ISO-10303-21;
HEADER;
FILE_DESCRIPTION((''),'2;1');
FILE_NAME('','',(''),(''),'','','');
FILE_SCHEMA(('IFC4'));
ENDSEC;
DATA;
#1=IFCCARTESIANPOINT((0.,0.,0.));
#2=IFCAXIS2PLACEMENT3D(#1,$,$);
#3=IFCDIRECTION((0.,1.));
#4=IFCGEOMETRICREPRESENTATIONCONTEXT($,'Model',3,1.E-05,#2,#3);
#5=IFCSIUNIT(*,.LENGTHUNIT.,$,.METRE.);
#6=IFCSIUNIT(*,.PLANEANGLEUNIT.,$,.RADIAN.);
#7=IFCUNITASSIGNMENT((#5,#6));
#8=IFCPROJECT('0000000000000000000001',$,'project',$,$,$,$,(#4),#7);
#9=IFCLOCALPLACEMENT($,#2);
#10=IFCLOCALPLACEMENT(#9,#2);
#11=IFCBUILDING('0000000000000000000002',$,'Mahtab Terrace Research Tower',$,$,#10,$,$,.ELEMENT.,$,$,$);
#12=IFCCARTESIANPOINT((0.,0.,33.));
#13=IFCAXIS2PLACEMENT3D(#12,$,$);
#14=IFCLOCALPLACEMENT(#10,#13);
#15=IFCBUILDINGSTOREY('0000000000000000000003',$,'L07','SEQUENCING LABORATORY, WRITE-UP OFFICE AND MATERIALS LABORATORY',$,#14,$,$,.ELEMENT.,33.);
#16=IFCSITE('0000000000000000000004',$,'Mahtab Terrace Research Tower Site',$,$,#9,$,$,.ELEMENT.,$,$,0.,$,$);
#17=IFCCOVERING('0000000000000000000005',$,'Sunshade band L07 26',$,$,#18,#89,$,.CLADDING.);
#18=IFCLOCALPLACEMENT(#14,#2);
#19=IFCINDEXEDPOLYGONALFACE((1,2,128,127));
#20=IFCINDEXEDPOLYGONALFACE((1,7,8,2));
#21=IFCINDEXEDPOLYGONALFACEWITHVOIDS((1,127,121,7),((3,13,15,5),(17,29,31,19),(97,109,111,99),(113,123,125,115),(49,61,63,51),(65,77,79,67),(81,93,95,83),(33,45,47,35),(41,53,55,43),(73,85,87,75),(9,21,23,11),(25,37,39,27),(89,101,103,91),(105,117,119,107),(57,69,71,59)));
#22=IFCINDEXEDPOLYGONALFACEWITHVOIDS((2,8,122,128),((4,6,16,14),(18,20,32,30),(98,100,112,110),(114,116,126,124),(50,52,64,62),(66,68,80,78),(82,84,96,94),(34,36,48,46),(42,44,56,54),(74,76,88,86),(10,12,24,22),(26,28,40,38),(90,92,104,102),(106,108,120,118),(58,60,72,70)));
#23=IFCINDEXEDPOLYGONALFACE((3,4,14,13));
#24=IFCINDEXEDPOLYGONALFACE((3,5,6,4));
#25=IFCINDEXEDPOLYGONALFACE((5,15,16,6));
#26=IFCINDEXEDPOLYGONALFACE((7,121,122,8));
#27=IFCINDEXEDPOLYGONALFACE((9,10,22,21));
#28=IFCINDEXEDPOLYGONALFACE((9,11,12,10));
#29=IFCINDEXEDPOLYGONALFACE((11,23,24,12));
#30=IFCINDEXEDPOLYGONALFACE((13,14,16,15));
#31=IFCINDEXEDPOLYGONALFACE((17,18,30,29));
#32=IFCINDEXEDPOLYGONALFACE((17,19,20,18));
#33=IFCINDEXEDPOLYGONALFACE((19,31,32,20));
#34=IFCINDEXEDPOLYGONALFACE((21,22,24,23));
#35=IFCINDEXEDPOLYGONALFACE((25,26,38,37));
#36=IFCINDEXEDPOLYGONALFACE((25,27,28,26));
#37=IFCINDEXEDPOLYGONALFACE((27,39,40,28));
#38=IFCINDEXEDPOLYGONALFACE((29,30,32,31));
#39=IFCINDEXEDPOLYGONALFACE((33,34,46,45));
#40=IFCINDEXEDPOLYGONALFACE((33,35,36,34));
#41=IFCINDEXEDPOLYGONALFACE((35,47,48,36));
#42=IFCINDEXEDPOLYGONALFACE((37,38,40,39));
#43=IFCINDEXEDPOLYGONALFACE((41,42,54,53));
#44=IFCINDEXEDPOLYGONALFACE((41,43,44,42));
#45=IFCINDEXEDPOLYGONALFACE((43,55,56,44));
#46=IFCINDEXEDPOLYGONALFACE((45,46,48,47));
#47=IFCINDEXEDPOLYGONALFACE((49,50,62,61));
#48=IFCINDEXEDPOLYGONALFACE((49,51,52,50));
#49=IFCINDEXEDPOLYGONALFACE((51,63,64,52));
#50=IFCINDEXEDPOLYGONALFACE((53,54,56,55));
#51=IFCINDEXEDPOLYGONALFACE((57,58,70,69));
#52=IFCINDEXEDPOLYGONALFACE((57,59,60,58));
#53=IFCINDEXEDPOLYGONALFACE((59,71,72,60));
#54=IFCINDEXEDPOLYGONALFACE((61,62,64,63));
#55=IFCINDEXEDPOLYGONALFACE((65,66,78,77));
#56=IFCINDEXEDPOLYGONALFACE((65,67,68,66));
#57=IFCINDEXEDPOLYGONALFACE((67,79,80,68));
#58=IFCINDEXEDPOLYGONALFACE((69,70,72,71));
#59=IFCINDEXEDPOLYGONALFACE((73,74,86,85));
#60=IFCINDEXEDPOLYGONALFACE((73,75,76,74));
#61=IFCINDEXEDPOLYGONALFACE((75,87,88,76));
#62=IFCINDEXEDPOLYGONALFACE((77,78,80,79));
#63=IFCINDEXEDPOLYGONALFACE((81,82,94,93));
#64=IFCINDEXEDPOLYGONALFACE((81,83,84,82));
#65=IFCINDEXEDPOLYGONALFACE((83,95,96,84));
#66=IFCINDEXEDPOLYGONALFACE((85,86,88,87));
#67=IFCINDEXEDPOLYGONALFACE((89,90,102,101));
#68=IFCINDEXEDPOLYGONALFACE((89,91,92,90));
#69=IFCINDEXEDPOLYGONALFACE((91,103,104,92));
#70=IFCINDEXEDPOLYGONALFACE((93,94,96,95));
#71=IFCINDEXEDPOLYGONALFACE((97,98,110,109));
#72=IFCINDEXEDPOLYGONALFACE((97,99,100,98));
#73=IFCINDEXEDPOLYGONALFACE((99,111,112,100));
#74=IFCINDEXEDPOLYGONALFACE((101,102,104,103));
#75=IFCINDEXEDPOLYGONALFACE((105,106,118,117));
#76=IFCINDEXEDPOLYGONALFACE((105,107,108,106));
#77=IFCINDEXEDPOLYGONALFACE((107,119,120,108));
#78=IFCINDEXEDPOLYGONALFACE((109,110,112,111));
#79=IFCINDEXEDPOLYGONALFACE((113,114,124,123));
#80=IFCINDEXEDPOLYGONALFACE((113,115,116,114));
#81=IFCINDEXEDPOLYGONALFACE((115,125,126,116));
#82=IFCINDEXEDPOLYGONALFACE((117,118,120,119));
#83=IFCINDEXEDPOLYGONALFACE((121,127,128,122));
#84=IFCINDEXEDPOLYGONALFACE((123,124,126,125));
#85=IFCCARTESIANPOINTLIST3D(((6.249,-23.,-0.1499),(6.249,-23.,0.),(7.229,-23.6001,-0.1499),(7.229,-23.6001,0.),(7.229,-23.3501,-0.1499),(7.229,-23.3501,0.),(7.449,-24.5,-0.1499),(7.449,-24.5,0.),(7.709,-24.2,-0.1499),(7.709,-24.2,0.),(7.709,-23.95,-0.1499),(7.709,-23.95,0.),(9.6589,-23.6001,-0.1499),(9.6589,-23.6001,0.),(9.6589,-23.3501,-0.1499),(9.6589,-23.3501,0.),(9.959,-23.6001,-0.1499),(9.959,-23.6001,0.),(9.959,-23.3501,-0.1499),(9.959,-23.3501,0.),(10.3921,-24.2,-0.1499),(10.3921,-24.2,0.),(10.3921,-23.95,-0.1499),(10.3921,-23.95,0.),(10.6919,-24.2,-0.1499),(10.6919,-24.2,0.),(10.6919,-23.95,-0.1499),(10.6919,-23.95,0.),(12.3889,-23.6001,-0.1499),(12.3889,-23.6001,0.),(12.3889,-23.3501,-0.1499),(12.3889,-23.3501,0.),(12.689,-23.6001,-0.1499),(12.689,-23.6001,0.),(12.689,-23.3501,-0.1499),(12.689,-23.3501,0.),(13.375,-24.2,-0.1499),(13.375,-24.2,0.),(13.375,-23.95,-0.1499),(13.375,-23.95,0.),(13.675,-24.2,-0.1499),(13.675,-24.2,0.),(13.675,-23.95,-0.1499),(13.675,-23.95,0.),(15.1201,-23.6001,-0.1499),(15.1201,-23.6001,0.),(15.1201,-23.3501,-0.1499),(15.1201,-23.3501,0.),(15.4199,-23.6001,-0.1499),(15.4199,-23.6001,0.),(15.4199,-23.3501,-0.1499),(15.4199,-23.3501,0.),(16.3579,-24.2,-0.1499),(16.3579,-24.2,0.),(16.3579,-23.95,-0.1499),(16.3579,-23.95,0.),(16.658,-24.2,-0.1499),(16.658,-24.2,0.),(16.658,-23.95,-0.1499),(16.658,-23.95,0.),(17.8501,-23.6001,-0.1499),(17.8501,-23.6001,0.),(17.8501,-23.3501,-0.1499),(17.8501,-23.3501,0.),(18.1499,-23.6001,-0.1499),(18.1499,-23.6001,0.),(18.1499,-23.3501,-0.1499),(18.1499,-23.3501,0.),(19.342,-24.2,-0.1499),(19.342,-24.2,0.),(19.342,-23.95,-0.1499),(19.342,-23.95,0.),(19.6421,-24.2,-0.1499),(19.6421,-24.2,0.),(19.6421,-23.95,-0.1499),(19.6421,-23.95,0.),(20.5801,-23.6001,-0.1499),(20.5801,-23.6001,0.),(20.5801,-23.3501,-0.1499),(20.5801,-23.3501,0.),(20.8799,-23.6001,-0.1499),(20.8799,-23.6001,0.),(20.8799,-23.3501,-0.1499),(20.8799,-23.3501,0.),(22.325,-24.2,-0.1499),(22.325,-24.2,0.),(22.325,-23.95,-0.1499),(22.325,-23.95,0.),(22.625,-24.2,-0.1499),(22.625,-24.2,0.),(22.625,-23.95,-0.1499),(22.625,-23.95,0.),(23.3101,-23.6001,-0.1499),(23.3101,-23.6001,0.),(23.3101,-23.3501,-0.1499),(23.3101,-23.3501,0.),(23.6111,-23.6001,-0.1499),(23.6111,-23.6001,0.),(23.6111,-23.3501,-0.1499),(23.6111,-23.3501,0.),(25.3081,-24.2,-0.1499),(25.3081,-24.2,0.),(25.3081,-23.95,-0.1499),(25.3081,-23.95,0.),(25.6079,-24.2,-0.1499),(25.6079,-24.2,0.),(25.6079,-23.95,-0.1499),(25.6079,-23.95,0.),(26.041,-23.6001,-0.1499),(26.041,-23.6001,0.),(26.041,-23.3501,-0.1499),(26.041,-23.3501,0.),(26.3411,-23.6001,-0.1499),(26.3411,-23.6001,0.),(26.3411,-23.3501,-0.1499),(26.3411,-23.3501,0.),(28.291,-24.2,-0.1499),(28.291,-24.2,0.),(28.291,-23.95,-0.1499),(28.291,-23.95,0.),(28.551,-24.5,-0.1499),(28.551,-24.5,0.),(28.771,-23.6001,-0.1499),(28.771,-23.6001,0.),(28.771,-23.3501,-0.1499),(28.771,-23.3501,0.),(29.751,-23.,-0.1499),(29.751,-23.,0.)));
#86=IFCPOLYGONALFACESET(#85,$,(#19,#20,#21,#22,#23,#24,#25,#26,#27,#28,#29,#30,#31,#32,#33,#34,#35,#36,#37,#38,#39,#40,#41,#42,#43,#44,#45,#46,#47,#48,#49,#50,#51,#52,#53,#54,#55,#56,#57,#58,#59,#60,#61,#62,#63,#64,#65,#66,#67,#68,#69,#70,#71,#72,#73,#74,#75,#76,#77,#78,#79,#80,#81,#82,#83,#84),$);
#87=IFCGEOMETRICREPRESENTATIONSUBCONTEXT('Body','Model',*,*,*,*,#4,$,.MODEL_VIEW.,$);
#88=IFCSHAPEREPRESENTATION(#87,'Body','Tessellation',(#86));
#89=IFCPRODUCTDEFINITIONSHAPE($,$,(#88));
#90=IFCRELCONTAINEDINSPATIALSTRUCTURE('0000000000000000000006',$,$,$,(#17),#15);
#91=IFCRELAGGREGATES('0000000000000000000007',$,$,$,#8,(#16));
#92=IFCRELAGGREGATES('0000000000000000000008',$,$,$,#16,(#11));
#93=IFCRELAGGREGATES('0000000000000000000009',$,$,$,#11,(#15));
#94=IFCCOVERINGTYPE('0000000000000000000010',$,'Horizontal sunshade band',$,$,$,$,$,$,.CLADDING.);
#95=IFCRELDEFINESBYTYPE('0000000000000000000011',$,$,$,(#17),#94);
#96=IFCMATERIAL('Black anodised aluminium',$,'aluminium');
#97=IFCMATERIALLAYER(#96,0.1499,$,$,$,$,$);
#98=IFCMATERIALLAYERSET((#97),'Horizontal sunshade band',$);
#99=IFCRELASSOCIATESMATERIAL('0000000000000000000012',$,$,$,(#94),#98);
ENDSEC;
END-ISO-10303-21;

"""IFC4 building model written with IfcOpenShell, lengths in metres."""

from ifc_helpers import new_model, si_unit, direction, frame, origin, place, context, subcontext, project, spatial, polyline, outline, extrude, material, layer, layer_set, type_object, element, save


model = new_model("IFC4")

# Units and contexts
model_context = context("Model", 3, precision=1e-05, world=origin(), true_north=direction((0.0, 1.0)))
body_context = subcontext(model_context, "Body", "Model", "MODEL_VIEW")
ifc_project = project(units=[si_unit("LENGTHUNIT", "METRE"), si_unit("PLANEANGLEUNIT", "RADIAN")], contexts=[model_context])

# Site, building, storey
site_placement = place(None, origin())
site = spatial("IfcSite", under=ifc_project, at=site_placement, Name="Mahtab Terrace Research Tower Site", CompositionType="ELEMENT", RefElevation=0.0)
building_placement = place(site_placement, origin())
building = spatial("IfcBuilding", under=site, at=building_placement, Name="Mahtab Terrace Research Tower", CompositionType="ELEMENT")
storey_placement = place(building_placement, frame((0.0, 0.0, 33.0)))
storey = spatial("IfcBuildingStorey", under=building, at=storey_placement, Name="L07", Description="SEQUENCING LABORATORY, WRITE-UP OFFICE AND MATERIALS LABORATORY", CompositionType="ELEMENT", Elevation=33.0)

# Covering
ifc_material_1 = material(Name="Black anodised aluminium", Category="aluminium")
ifc_layer_1 = layer(ifc_material_1, 0.1499)
ifc_layer_set_1 = layer_set([ifc_layer_1], Name="Horizontal sunshade band")
covering_type = type_object("IfcCoveringType", Name="Horizontal sunshade band", PredefinedType="CLADDING", material=ifc_layer_set_1)
covering_1_placement = place(storey_placement, frame((0.0, 0.0, -0.1499)))
element("IfcCovering", 1, at=covering_1_placement, inside=storey, type_object=covering_type, Name="Sunshade band L07 26", PredefinedType="CLADDING", context=body_context, shape_type="SweptSolid", body=[
    extrude(outline(polyline([(6.249, -23.0), (29.751, -23.0), (28.551, -24.5), (7.449, -24.5), (6.249, -23.0)]), holes=[polyline([(7.229, -23.3501), (9.6589, -23.3501), (9.6589, -23.6001), (7.229, -23.6001), (7.229, -23.3501)]), polyline([(9.959, -23.3501), (12.3889, -23.3501), (12.3889, -23.6001), (9.959, -23.6001), (9.959, -23.3501)]), polyline([(12.689, -23.3501), (15.1201, -23.3501), (15.1201, -23.6001), (12.689, -23.6001), (12.689, -23.3501)]), polyline([(15.4199, -23.3501), (17.8501, -23.3501), (17.8501, -23.6001), (15.4199, -23.6001), (15.4199, -23.3501)]), polyline([(18.1499, -23.3501), (20.5801, -23.3501), (20.5801, -23.6001), (18.1499, -23.6001), (18.1499, -23.3501)]), polyline([(20.8799, -23.3501), (23.3101, -23.3501), (23.3101, -23.6001), (20.8799, -23.6001), (20.8799, -23.3501)]), polyline([(23.6111, -23.3501), (26.041, -23.3501), (26.041, -23.6001), (23.6111, -23.6001), (23.6111, -23.3501)]), polyline([(26.3411, -23.3501), (28.771, -23.3501), (28.771, -23.6001), (26.3411, -23.6001), (26.3411, -23.3501)]), polyline([(7.709, -23.95), (10.3921, -23.95), (10.3921, -24.2), (7.709, -24.2), (7.709, -23.95)]), polyline([(10.6919, -23.95), (13.375, -23.95), (13.375, -24.2), (10.6919, -24.2), (10.6919, -23.95)]), polyline([(13.675, -23.95), (16.3579, -23.95), (16.3579, -24.2), (13.675, -24.2), (13.675, -23.95)]), polyline([(16.658, -23.95), (19.342, -23.95), (19.342, -24.2), (16.658, -24.2), (16.658, -23.95)]), polyline([(19.6421, -23.95), (22.325, -23.95), (22.325, -24.2), (19.6421, -24.2), (19.6421, -23.95)]), polyline([(22.625, -23.95), (25.3081, -23.95), (25.3081, -24.2), (22.625, -24.2), (22.625, -23.95)]), polyline([(25.6079, -23.95), (28.291, -23.95), (28.291, -24.2), (25.6079, -24.2), (25.6079, -23.95)])]), origin(), (0.0, 0.0, 1.0), 0.1499),
])

save(model, "model.ifc")
